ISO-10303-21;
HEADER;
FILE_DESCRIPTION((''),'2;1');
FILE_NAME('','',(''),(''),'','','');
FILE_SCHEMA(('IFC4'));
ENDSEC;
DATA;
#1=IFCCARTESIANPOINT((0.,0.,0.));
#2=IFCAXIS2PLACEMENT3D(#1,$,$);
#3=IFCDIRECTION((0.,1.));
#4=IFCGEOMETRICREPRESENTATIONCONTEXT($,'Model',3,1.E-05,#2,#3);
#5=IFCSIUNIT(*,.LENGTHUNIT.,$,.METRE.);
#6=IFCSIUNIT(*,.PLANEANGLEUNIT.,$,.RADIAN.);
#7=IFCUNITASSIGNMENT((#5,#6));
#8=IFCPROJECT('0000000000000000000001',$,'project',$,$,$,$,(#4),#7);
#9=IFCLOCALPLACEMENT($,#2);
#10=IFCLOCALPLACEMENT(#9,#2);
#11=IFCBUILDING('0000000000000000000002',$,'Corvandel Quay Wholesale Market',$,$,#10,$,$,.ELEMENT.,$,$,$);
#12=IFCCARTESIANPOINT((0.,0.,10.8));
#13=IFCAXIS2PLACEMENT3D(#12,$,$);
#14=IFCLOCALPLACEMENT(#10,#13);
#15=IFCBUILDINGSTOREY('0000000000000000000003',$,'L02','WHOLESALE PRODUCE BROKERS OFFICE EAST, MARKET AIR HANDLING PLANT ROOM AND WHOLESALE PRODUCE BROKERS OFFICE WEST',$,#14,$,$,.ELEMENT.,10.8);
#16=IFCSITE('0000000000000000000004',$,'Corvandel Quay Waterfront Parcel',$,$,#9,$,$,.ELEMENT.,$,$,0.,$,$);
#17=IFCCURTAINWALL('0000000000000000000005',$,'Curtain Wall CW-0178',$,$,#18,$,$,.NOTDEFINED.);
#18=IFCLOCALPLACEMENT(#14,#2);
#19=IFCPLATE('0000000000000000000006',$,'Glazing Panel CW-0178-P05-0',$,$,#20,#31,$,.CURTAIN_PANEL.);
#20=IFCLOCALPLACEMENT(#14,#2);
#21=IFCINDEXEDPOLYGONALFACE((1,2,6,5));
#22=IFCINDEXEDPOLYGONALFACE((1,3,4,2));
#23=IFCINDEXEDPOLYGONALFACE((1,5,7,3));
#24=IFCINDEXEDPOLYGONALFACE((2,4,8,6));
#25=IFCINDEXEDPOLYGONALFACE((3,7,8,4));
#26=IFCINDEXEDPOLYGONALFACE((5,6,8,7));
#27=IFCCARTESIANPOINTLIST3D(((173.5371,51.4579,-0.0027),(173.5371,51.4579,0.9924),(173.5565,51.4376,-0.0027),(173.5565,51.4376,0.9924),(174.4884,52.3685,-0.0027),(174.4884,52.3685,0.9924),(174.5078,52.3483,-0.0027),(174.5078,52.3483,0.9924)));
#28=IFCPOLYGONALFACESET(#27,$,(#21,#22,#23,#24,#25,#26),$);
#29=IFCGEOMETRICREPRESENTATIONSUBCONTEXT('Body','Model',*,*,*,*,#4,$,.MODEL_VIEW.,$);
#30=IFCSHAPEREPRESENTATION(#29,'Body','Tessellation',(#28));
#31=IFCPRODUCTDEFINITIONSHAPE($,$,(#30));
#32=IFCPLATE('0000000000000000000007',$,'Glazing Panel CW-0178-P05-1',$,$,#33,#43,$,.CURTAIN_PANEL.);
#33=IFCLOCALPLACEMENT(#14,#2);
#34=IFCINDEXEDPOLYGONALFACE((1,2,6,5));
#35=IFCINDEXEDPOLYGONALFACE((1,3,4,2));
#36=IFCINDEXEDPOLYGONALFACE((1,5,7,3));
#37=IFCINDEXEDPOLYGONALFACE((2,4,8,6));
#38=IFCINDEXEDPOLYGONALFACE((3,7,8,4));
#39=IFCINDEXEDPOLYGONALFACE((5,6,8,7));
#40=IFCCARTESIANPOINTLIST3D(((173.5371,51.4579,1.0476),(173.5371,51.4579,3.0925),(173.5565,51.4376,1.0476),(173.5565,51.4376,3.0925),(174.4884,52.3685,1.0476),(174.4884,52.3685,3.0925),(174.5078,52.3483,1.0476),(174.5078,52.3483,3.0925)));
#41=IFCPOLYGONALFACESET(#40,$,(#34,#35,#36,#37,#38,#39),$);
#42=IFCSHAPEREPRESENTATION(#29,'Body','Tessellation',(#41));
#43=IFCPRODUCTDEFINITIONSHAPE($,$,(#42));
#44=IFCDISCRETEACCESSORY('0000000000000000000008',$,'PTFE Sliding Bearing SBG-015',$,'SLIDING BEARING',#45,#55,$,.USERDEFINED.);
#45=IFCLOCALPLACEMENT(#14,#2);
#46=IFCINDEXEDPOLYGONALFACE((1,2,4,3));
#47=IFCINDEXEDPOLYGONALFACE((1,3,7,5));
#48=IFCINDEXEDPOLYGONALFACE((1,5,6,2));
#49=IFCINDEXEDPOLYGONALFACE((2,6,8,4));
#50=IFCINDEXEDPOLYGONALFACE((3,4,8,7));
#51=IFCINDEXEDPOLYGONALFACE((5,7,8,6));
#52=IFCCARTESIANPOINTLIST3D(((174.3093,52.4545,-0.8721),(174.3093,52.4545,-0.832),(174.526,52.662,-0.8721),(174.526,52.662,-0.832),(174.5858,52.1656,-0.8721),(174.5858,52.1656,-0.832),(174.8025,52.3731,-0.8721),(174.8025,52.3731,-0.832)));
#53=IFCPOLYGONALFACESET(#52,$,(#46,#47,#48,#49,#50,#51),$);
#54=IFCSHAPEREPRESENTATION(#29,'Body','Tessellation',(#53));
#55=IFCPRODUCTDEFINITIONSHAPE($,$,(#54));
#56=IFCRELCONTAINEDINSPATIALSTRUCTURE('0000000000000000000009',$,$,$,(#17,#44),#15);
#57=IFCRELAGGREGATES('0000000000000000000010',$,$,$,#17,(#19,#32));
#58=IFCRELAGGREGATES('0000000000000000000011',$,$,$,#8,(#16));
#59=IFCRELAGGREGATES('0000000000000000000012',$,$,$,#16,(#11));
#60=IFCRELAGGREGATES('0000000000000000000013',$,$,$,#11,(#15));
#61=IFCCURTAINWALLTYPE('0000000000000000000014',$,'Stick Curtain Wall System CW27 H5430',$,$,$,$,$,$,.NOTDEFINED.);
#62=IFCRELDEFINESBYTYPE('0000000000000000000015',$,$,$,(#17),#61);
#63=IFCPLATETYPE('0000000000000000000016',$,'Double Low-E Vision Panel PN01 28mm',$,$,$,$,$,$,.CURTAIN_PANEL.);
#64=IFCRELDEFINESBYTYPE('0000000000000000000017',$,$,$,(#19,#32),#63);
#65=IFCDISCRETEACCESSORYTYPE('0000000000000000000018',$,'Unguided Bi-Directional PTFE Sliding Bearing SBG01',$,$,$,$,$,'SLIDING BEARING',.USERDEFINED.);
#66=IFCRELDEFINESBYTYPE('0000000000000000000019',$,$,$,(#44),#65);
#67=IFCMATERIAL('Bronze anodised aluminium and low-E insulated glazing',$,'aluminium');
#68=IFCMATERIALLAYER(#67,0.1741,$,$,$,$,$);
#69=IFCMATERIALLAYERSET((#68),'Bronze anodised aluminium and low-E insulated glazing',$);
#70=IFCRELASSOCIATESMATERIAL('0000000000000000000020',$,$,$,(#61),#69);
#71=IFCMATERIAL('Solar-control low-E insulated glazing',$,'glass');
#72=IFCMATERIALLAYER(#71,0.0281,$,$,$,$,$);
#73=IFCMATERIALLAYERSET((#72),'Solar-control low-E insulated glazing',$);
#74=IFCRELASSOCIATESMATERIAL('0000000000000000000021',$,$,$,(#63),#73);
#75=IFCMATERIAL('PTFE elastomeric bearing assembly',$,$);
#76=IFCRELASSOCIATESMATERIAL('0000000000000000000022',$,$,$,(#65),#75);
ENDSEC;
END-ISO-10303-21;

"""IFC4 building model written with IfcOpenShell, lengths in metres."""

from ifc_helpers import new_model, si_unit, direction, frame, origin, origin_2d, place, context, subcontext, project, spatial, rectangle, extrude, material, layer, layer_set, type_object, element, aggregate, save


model = new_model("IFC4")

# Units and contexts
model_context = context("Model", 3, precision=1e-05, world=origin(), true_north=direction((0.0, 1.0)))
body_context = subcontext(model_context, "Body", "Model", "MODEL_VIEW")
ifc_project = project(units=[si_unit("LENGTHUNIT", "METRE"), si_unit("PLANEANGLEUNIT", "RADIAN")], contexts=[model_context])

# Site, building, storey
site_placement = place(None, origin())
site = spatial("IfcSite", under=ifc_project, at=site_placement, Name="Corvandel Quay Waterfront Parcel", CompositionType="ELEMENT", RefElevation=0.0)
building_placement = place(site_placement, origin())
building = spatial("IfcBuilding", under=site, at=building_placement, Name="Corvandel Quay Wholesale Market", CompositionType="ELEMENT")
storey_placement = place(building_placement, frame((0.0, 0.0, 10.8)))
storey = spatial("IfcBuildingStorey", under=building, at=storey_placement, Name="L02", Description="WHOLESALE PRODUCE BROKERS OFFICE EAST, MARKET AIR HANDLING PLANT ROOM AND WHOLESALE PRODUCE BROKERS OFFICE WEST", CompositionType="ELEMENT", Elevation=10.8)

# Curtain wall
ifc_material_1 = material(Name="Bronze anodised aluminium and low-E insulated glazing", Category="aluminium")
ifc_layer_1 = layer(ifc_material_1, 0.1741)
ifc_layer_set_1 = layer_set([ifc_layer_1], Name="Bronze anodised aluminium and low-E insulated glazing")
curtain_wall_type = type_object("IfcCurtainWallType", Name="Stick Curtain Wall System CW27 H5430", PredefinedType="NOTDEFINED", material=ifc_layer_set_1)
curtain_wall_placement = place(storey_placement, origin())
curtain_wall = element("IfcCurtainWall", 1, at=curtain_wall_placement, inside=storey, type_object=curtain_wall_type, Name="Curtain Wall CW-0178", PredefinedType="NOTDEFINED")

# Plates
ifc_material_2 = material(Name="Solar-control low-E insulated glazing", Category="glass")
ifc_layer_2 = layer(ifc_material_2, 0.0281)
ifc_layer_set_2 = layer_set([ifc_layer_2], Name="Solar-control low-E insulated glazing")
plate_type_1 = type_object("IfcPlateType", Name="Double Low-E Vision Panel PN01 28mm", PredefinedType="CURTAIN_PANEL", material=ifc_layer_set_2)
plate_1_placement = place(storey_placement, frame((174.0225, 51.9031, -0.0027), z_axis=(0.0, 0.0, 1.0), x_axis=(0.722364, 0.691513, 0.0)))
plate_1 = element("IfcPlate", 2, at=plate_1_placement, type_object=plate_type_1, Name="Glazing Panel CW-0178-P05-0", PredefinedType="CURTAIN_PANEL", context=body_context, shape_type="SweptSolid", body=[
    extrude(rectangle(XDim=1.3169, YDim=0.0281, at=origin_2d()), origin(), (0.0, 0.0, 1.0), 0.9951),
])
plate_2_placement = place(storey_placement, frame((174.0225, 51.9031, 1.0476), z_axis=(0.0, 0.0, 1.0), x_axis=(0.722364, 0.691513, 0.0)))
plate_2 = element("IfcPlate", 3, at=plate_2_placement, type_object=plate_type_1, Name="Glazing Panel CW-0178-P05-1", PredefinedType="CURTAIN_PANEL", context=body_context, shape_type="SweptSolid", body=[
    extrude(rectangle(XDim=1.3169, YDim=0.0281, at=origin_2d()), origin(), (0.0, 0.0, 1.0), 2.0449),
])
aggregate(curtain_wall, [plate_1, plate_2])

# Discrete accessory
ifc_material_3 = material(Name="PTFE elastomeric bearing assembly")
discrete_accessory_type = type_object("IfcDiscreteAccessoryType", Name="Unguided Bi-Directional PTFE Sliding Bearing SBG01", ElementType="SLIDING BEARING", PredefinedType="USERDEFINED", material=ifc_material_3)
discrete_accessory_placement = place(storey_placement, frame((174.5559, 52.4138, -0.8721), z_axis=(0.0, 0.0, 1.0), x_axis=(0.722364, 0.691513, 0.0)))
element("IfcDiscreteAccessory", 4, at=discrete_accessory_placement, inside=storey, type_object=discrete_accessory_type, Name="PTFE Sliding Bearing SBG-015", ObjectType="SLIDING BEARING", PredefinedType="USERDEFINED", context=body_context, shape_type="SweptSolid", body=[
    extrude(rectangle(XDim=0.3, YDim=0.3999, at=origin_2d()), origin(), (0.0, 0.0, 1.0), 0.04),
])

save(model, "model.ifc")
